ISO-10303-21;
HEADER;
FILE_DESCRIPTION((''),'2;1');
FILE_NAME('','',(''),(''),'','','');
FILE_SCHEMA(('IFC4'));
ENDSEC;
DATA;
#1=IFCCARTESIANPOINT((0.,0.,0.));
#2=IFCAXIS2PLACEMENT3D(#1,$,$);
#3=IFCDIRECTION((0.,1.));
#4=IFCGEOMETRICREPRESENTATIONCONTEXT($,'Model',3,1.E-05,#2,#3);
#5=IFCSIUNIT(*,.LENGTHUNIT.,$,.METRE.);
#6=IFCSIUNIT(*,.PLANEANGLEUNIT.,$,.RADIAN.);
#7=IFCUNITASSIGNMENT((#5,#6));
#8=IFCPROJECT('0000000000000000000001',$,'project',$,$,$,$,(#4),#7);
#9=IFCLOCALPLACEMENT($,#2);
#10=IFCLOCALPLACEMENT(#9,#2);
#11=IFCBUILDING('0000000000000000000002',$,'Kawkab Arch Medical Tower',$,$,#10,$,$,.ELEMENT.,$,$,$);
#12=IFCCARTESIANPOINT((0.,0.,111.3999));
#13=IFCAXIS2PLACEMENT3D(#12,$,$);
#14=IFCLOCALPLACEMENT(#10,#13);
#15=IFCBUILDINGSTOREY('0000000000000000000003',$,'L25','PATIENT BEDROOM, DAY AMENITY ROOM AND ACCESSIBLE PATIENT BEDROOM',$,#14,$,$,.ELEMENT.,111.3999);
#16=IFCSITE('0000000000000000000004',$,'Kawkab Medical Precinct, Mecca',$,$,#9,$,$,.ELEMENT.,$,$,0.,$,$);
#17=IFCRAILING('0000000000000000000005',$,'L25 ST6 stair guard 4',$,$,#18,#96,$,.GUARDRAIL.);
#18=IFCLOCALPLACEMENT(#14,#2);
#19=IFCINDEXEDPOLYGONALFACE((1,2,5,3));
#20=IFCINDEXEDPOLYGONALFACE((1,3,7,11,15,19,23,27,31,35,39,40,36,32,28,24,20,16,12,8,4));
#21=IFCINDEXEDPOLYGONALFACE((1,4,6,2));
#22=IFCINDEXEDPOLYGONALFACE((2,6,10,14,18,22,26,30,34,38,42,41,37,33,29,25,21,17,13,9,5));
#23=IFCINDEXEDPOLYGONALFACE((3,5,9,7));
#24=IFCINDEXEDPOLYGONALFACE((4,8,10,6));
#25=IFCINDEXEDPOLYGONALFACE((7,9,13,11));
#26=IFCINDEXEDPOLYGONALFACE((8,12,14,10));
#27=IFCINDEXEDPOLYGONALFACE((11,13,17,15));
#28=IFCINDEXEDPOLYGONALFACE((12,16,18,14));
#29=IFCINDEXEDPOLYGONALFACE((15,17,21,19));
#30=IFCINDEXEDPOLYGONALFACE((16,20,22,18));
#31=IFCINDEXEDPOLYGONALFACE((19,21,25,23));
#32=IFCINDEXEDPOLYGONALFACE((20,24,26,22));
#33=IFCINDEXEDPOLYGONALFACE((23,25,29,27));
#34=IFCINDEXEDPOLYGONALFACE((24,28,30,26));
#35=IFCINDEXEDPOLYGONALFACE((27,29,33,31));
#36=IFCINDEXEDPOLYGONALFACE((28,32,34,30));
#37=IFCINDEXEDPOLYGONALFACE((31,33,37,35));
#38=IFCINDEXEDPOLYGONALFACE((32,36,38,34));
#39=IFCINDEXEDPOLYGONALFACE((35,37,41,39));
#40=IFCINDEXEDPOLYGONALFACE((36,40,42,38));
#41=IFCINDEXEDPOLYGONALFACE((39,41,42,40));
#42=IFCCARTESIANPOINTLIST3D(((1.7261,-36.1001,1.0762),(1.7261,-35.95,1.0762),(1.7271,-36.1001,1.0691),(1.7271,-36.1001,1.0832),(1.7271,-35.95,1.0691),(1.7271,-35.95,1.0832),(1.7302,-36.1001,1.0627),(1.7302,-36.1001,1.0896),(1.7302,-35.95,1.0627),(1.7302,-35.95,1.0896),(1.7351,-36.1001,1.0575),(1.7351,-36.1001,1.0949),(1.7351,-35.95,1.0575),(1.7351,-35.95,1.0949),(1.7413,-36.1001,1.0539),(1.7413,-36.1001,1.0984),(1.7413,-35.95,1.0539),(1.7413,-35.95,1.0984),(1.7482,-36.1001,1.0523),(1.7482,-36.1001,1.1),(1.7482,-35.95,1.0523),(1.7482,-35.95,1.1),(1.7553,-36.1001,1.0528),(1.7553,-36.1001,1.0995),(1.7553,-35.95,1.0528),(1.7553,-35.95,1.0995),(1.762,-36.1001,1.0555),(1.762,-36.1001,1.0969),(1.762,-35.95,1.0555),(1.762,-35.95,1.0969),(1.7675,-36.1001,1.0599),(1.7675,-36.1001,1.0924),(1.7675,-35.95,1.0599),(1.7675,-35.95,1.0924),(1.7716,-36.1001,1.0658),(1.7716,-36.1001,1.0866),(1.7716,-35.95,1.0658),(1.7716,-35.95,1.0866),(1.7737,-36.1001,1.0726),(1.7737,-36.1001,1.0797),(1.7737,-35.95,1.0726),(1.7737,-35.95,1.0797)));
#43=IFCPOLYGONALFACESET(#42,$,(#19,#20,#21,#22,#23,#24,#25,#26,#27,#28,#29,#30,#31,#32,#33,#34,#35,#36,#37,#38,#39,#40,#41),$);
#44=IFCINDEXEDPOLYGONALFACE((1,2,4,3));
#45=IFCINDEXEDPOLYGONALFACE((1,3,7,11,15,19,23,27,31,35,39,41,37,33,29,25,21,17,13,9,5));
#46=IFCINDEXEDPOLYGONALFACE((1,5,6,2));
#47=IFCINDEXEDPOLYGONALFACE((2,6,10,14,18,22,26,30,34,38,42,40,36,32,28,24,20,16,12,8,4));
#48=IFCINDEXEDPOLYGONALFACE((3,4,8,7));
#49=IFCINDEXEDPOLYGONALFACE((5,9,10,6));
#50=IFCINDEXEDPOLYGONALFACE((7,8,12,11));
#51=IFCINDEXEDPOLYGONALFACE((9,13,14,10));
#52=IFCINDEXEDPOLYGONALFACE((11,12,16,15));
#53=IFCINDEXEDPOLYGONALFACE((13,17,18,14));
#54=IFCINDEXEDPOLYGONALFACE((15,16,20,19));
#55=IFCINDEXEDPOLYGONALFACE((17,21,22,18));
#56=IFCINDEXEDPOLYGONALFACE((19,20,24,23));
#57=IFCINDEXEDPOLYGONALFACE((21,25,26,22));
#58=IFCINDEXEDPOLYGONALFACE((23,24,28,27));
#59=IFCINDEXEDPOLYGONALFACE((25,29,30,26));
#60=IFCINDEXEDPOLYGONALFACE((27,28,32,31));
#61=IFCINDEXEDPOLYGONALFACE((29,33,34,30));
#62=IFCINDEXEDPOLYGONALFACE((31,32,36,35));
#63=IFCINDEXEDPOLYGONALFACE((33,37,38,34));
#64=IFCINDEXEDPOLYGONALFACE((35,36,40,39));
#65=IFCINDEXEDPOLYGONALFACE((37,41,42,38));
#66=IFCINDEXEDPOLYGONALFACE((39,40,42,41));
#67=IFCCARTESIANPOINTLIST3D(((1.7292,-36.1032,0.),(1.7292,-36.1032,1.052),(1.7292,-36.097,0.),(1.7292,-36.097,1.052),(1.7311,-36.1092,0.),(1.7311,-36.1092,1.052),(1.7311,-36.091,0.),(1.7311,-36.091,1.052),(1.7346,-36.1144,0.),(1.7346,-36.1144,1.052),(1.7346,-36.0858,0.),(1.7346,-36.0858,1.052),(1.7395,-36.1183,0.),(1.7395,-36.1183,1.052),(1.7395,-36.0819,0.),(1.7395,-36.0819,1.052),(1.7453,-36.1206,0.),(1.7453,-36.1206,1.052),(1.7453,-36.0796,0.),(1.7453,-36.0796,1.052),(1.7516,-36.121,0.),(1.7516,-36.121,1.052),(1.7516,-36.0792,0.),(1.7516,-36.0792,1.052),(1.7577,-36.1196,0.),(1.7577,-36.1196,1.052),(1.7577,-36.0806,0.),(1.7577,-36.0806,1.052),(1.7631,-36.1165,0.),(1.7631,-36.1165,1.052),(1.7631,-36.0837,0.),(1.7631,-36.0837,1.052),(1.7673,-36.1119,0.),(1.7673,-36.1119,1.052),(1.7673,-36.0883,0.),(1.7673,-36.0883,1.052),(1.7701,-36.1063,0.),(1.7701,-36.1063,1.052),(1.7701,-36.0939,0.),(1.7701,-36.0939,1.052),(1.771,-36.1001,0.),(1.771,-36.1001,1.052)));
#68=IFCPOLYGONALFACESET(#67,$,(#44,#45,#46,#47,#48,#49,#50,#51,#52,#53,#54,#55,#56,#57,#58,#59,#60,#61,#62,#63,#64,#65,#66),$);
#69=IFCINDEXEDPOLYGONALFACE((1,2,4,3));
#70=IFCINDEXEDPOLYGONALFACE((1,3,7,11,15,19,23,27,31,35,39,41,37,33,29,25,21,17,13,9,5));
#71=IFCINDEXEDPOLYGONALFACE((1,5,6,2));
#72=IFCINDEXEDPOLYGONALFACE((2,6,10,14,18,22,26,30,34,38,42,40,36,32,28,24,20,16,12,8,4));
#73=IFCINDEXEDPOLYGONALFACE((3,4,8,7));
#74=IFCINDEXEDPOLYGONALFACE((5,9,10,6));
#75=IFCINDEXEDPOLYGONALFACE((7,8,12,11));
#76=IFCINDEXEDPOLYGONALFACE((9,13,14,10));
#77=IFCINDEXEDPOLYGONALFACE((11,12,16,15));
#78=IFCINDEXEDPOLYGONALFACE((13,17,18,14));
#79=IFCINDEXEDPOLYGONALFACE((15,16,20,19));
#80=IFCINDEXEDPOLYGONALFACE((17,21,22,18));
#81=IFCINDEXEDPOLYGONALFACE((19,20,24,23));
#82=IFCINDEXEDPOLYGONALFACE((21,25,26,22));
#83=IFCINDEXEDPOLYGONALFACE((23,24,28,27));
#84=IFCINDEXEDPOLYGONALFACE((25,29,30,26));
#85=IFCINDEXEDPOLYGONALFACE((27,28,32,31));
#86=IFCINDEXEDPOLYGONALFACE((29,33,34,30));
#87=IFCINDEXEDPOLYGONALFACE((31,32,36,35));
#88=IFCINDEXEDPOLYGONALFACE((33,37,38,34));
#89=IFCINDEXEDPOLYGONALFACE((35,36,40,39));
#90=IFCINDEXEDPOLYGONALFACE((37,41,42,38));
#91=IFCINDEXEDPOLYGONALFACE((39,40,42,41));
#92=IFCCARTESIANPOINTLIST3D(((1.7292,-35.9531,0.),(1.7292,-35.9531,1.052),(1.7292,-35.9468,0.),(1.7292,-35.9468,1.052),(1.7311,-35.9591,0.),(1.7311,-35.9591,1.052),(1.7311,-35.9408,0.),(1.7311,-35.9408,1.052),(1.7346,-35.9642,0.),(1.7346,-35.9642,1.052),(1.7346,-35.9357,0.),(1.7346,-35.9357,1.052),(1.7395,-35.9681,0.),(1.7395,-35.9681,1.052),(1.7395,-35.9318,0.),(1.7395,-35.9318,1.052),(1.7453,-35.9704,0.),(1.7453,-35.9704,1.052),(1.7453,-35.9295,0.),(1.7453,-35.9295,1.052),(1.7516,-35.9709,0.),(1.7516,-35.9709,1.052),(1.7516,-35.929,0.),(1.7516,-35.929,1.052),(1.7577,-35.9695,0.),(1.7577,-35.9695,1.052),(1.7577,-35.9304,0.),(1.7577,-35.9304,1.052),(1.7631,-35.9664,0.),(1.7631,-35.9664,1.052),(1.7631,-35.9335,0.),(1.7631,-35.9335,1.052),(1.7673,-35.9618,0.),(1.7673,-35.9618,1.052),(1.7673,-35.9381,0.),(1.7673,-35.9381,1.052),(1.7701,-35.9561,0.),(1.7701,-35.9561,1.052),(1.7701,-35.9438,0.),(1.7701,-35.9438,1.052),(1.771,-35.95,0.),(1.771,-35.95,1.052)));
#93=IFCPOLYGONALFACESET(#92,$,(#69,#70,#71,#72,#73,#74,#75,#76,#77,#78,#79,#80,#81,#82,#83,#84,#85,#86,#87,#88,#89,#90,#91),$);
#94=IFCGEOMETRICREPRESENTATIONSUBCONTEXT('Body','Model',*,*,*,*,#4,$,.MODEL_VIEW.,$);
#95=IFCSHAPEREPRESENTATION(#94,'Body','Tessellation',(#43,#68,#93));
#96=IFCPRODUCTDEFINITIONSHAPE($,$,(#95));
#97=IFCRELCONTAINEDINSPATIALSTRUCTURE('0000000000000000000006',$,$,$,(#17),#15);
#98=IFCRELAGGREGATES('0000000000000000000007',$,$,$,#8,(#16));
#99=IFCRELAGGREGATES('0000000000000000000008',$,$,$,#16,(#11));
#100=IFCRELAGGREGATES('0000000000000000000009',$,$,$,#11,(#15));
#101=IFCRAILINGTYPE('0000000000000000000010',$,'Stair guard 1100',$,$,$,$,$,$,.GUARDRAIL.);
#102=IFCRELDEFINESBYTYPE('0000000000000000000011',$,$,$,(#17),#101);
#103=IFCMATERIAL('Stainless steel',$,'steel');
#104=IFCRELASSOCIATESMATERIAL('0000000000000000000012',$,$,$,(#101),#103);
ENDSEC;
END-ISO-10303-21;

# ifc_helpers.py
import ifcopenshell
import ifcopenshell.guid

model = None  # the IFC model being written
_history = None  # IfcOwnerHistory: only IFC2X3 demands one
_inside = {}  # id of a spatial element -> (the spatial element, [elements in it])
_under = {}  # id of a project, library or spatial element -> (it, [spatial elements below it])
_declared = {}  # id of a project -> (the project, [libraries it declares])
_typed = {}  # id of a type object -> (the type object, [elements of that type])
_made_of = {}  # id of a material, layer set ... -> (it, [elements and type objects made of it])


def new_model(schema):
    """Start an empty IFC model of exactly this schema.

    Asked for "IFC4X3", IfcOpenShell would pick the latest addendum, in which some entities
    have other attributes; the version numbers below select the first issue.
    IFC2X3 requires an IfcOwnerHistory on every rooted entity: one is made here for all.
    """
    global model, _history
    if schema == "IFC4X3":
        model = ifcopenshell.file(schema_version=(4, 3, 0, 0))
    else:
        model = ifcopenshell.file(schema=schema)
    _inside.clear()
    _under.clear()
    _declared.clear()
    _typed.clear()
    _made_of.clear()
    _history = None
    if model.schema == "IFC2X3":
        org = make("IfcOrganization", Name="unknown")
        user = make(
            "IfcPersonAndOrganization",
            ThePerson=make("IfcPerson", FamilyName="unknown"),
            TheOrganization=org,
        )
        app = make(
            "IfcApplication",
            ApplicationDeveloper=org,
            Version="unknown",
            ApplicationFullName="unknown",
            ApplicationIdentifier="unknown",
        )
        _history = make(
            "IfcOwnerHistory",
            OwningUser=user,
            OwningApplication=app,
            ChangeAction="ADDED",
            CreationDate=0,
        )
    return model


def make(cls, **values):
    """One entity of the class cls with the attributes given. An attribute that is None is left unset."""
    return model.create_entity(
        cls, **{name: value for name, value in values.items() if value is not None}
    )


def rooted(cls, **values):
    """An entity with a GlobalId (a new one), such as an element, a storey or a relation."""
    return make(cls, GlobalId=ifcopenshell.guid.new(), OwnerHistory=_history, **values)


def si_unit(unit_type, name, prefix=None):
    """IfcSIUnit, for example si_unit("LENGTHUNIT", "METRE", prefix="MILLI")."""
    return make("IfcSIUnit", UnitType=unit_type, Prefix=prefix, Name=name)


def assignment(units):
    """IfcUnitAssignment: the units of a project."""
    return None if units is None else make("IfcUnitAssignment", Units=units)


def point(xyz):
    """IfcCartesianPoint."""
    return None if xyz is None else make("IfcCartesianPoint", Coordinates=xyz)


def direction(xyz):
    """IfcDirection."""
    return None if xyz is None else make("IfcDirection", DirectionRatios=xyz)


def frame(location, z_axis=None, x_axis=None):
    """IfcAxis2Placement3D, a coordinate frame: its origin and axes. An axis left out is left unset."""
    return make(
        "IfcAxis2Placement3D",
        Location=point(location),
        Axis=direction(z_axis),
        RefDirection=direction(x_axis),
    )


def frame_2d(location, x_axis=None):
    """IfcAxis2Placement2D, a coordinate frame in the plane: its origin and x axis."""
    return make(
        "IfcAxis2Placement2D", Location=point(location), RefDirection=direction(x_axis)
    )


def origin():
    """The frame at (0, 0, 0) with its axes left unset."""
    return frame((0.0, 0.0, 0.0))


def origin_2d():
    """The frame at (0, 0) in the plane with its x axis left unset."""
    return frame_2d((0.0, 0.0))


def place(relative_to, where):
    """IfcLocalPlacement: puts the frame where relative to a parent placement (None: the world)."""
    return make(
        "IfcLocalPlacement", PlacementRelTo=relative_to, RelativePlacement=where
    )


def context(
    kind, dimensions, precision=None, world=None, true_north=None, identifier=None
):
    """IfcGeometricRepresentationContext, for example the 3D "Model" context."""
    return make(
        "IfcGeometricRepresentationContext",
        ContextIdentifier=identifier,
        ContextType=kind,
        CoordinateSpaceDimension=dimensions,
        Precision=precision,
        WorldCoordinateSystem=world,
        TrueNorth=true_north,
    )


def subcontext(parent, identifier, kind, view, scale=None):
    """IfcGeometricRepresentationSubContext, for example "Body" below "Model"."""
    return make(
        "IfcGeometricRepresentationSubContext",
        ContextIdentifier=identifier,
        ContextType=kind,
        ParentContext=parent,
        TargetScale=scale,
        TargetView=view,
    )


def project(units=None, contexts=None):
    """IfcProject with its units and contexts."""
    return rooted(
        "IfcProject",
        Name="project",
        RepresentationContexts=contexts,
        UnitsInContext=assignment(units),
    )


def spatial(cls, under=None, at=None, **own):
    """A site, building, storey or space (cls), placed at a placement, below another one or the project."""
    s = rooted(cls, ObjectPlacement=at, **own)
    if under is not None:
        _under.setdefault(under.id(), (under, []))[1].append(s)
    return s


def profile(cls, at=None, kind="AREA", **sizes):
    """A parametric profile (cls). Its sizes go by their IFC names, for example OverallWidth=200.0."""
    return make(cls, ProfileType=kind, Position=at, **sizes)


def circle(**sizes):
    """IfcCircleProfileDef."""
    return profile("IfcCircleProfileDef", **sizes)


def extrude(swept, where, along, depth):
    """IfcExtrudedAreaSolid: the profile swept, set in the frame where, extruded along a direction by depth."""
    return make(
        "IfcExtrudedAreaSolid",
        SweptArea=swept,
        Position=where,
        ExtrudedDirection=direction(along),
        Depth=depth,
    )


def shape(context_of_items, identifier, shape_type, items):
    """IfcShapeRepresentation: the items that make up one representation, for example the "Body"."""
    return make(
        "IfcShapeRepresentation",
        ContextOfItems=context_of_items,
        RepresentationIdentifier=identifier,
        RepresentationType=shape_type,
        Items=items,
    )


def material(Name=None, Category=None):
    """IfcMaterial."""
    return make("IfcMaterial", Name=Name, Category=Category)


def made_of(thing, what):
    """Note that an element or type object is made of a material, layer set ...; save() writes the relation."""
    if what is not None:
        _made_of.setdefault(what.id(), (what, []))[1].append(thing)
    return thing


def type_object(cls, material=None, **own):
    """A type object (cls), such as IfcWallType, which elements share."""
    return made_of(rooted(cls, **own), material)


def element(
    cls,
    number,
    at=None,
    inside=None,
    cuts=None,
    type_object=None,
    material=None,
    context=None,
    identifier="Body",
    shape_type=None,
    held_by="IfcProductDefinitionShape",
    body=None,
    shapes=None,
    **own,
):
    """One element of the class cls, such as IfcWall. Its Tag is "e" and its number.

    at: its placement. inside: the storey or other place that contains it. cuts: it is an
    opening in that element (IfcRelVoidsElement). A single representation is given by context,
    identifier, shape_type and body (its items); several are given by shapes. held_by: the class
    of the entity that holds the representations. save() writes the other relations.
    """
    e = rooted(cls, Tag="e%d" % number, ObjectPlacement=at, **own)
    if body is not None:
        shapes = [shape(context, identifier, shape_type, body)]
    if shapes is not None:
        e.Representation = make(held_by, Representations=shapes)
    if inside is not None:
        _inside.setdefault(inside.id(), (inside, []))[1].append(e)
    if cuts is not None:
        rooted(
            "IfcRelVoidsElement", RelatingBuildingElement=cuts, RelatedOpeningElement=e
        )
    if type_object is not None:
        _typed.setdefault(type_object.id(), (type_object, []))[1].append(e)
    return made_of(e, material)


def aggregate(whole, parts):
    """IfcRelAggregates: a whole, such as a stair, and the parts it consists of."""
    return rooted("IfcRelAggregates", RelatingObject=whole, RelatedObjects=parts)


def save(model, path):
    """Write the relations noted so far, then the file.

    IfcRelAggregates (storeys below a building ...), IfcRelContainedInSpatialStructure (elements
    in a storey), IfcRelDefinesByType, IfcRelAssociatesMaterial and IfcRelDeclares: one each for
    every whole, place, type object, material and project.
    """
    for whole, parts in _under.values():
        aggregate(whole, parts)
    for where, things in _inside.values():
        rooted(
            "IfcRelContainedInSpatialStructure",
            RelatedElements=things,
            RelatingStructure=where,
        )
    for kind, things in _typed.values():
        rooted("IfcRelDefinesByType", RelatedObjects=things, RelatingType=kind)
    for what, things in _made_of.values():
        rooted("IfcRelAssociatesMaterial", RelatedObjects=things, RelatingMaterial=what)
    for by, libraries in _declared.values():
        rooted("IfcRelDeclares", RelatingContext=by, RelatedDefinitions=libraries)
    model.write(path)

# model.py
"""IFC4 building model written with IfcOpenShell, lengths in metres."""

from ifc_helpers import new_model, si_unit, direction, frame, origin, origin_2d, place, context, subcontext, project, spatial, circle, extrude, material, type_object, element, save


model = new_model("IFC4")

# Units and contexts
model_context = context("Model", 3, precision=1e-05, world=origin(), true_north=direction((0.0, 1.0)))
body_context = subcontext(model_context, "Body", "Model", "MODEL_VIEW")
ifc_project = project(units=[si_unit("LENGTHUNIT", "METRE"), si_unit("PLANEANGLEUNIT", "RADIAN")], contexts=[model_context])

# Site, building, storey
site_placement = place(None, origin())
site = spatial("IfcSite", under=ifc_project, at=site_placement, Name="Kawkab Medical Precinct, Mecca", CompositionType="ELEMENT", RefElevation=0.0)
building_placement = place(site_placement, origin())
building = spatial("IfcBuilding", under=site, at=building_placement, Name="Kawkab Arch Medical Tower", CompositionType="ELEMENT")
storey_placement = place(building_placement, frame((0.0, 0.0, 111.3999)))
storey = spatial("IfcBuildingStorey", under=building, at=storey_placement, Name="L25", Description="PATIENT BEDROOM, DAY AMENITY ROOM AND ACCESSIBLE PATIENT BEDROOM", CompositionType="ELEMENT", Elevation=111.3999)

# Railing
ifc_material_1 = material(Name="Stainless steel", Category="steel")
railing_type = type_object("IfcRailingType", Name="Stair guard 1100", PredefinedType="GUARDRAIL", material=ifc_material_1)
railing_1_placement = place(storey_placement, frame((1.75, -36.1001, 0.0)))
element("IfcRailing", 1, at=railing_1_placement, inside=storey, type_object=railing_type, Name="L25 ST6 stair guard 4", PredefinedType="GUARDRAIL", context=body_context, shape_type="SweptSolid", body=[
    extrude(circle(Radius=0.0239, at=origin_2d()), frame((0.0, 0.0, 1.0762), z_axis=(0.0, 1.0, 0.0), x_axis=(-1.0, 0.0, 0.0)), (0.0, 0.0, 1.0), 0.1501),
    extrude(circle(Radius=0.021, at=origin_2d()), origin(), (0.0, 0.0, 1.0), 1.052),
    extrude(circle(Radius=0.021, at=origin_2d()), frame((0.0, 0.1501, 0.0)), (0.0, 0.0, 1.0), 1.052),
])

save(model, "model.ifc")
